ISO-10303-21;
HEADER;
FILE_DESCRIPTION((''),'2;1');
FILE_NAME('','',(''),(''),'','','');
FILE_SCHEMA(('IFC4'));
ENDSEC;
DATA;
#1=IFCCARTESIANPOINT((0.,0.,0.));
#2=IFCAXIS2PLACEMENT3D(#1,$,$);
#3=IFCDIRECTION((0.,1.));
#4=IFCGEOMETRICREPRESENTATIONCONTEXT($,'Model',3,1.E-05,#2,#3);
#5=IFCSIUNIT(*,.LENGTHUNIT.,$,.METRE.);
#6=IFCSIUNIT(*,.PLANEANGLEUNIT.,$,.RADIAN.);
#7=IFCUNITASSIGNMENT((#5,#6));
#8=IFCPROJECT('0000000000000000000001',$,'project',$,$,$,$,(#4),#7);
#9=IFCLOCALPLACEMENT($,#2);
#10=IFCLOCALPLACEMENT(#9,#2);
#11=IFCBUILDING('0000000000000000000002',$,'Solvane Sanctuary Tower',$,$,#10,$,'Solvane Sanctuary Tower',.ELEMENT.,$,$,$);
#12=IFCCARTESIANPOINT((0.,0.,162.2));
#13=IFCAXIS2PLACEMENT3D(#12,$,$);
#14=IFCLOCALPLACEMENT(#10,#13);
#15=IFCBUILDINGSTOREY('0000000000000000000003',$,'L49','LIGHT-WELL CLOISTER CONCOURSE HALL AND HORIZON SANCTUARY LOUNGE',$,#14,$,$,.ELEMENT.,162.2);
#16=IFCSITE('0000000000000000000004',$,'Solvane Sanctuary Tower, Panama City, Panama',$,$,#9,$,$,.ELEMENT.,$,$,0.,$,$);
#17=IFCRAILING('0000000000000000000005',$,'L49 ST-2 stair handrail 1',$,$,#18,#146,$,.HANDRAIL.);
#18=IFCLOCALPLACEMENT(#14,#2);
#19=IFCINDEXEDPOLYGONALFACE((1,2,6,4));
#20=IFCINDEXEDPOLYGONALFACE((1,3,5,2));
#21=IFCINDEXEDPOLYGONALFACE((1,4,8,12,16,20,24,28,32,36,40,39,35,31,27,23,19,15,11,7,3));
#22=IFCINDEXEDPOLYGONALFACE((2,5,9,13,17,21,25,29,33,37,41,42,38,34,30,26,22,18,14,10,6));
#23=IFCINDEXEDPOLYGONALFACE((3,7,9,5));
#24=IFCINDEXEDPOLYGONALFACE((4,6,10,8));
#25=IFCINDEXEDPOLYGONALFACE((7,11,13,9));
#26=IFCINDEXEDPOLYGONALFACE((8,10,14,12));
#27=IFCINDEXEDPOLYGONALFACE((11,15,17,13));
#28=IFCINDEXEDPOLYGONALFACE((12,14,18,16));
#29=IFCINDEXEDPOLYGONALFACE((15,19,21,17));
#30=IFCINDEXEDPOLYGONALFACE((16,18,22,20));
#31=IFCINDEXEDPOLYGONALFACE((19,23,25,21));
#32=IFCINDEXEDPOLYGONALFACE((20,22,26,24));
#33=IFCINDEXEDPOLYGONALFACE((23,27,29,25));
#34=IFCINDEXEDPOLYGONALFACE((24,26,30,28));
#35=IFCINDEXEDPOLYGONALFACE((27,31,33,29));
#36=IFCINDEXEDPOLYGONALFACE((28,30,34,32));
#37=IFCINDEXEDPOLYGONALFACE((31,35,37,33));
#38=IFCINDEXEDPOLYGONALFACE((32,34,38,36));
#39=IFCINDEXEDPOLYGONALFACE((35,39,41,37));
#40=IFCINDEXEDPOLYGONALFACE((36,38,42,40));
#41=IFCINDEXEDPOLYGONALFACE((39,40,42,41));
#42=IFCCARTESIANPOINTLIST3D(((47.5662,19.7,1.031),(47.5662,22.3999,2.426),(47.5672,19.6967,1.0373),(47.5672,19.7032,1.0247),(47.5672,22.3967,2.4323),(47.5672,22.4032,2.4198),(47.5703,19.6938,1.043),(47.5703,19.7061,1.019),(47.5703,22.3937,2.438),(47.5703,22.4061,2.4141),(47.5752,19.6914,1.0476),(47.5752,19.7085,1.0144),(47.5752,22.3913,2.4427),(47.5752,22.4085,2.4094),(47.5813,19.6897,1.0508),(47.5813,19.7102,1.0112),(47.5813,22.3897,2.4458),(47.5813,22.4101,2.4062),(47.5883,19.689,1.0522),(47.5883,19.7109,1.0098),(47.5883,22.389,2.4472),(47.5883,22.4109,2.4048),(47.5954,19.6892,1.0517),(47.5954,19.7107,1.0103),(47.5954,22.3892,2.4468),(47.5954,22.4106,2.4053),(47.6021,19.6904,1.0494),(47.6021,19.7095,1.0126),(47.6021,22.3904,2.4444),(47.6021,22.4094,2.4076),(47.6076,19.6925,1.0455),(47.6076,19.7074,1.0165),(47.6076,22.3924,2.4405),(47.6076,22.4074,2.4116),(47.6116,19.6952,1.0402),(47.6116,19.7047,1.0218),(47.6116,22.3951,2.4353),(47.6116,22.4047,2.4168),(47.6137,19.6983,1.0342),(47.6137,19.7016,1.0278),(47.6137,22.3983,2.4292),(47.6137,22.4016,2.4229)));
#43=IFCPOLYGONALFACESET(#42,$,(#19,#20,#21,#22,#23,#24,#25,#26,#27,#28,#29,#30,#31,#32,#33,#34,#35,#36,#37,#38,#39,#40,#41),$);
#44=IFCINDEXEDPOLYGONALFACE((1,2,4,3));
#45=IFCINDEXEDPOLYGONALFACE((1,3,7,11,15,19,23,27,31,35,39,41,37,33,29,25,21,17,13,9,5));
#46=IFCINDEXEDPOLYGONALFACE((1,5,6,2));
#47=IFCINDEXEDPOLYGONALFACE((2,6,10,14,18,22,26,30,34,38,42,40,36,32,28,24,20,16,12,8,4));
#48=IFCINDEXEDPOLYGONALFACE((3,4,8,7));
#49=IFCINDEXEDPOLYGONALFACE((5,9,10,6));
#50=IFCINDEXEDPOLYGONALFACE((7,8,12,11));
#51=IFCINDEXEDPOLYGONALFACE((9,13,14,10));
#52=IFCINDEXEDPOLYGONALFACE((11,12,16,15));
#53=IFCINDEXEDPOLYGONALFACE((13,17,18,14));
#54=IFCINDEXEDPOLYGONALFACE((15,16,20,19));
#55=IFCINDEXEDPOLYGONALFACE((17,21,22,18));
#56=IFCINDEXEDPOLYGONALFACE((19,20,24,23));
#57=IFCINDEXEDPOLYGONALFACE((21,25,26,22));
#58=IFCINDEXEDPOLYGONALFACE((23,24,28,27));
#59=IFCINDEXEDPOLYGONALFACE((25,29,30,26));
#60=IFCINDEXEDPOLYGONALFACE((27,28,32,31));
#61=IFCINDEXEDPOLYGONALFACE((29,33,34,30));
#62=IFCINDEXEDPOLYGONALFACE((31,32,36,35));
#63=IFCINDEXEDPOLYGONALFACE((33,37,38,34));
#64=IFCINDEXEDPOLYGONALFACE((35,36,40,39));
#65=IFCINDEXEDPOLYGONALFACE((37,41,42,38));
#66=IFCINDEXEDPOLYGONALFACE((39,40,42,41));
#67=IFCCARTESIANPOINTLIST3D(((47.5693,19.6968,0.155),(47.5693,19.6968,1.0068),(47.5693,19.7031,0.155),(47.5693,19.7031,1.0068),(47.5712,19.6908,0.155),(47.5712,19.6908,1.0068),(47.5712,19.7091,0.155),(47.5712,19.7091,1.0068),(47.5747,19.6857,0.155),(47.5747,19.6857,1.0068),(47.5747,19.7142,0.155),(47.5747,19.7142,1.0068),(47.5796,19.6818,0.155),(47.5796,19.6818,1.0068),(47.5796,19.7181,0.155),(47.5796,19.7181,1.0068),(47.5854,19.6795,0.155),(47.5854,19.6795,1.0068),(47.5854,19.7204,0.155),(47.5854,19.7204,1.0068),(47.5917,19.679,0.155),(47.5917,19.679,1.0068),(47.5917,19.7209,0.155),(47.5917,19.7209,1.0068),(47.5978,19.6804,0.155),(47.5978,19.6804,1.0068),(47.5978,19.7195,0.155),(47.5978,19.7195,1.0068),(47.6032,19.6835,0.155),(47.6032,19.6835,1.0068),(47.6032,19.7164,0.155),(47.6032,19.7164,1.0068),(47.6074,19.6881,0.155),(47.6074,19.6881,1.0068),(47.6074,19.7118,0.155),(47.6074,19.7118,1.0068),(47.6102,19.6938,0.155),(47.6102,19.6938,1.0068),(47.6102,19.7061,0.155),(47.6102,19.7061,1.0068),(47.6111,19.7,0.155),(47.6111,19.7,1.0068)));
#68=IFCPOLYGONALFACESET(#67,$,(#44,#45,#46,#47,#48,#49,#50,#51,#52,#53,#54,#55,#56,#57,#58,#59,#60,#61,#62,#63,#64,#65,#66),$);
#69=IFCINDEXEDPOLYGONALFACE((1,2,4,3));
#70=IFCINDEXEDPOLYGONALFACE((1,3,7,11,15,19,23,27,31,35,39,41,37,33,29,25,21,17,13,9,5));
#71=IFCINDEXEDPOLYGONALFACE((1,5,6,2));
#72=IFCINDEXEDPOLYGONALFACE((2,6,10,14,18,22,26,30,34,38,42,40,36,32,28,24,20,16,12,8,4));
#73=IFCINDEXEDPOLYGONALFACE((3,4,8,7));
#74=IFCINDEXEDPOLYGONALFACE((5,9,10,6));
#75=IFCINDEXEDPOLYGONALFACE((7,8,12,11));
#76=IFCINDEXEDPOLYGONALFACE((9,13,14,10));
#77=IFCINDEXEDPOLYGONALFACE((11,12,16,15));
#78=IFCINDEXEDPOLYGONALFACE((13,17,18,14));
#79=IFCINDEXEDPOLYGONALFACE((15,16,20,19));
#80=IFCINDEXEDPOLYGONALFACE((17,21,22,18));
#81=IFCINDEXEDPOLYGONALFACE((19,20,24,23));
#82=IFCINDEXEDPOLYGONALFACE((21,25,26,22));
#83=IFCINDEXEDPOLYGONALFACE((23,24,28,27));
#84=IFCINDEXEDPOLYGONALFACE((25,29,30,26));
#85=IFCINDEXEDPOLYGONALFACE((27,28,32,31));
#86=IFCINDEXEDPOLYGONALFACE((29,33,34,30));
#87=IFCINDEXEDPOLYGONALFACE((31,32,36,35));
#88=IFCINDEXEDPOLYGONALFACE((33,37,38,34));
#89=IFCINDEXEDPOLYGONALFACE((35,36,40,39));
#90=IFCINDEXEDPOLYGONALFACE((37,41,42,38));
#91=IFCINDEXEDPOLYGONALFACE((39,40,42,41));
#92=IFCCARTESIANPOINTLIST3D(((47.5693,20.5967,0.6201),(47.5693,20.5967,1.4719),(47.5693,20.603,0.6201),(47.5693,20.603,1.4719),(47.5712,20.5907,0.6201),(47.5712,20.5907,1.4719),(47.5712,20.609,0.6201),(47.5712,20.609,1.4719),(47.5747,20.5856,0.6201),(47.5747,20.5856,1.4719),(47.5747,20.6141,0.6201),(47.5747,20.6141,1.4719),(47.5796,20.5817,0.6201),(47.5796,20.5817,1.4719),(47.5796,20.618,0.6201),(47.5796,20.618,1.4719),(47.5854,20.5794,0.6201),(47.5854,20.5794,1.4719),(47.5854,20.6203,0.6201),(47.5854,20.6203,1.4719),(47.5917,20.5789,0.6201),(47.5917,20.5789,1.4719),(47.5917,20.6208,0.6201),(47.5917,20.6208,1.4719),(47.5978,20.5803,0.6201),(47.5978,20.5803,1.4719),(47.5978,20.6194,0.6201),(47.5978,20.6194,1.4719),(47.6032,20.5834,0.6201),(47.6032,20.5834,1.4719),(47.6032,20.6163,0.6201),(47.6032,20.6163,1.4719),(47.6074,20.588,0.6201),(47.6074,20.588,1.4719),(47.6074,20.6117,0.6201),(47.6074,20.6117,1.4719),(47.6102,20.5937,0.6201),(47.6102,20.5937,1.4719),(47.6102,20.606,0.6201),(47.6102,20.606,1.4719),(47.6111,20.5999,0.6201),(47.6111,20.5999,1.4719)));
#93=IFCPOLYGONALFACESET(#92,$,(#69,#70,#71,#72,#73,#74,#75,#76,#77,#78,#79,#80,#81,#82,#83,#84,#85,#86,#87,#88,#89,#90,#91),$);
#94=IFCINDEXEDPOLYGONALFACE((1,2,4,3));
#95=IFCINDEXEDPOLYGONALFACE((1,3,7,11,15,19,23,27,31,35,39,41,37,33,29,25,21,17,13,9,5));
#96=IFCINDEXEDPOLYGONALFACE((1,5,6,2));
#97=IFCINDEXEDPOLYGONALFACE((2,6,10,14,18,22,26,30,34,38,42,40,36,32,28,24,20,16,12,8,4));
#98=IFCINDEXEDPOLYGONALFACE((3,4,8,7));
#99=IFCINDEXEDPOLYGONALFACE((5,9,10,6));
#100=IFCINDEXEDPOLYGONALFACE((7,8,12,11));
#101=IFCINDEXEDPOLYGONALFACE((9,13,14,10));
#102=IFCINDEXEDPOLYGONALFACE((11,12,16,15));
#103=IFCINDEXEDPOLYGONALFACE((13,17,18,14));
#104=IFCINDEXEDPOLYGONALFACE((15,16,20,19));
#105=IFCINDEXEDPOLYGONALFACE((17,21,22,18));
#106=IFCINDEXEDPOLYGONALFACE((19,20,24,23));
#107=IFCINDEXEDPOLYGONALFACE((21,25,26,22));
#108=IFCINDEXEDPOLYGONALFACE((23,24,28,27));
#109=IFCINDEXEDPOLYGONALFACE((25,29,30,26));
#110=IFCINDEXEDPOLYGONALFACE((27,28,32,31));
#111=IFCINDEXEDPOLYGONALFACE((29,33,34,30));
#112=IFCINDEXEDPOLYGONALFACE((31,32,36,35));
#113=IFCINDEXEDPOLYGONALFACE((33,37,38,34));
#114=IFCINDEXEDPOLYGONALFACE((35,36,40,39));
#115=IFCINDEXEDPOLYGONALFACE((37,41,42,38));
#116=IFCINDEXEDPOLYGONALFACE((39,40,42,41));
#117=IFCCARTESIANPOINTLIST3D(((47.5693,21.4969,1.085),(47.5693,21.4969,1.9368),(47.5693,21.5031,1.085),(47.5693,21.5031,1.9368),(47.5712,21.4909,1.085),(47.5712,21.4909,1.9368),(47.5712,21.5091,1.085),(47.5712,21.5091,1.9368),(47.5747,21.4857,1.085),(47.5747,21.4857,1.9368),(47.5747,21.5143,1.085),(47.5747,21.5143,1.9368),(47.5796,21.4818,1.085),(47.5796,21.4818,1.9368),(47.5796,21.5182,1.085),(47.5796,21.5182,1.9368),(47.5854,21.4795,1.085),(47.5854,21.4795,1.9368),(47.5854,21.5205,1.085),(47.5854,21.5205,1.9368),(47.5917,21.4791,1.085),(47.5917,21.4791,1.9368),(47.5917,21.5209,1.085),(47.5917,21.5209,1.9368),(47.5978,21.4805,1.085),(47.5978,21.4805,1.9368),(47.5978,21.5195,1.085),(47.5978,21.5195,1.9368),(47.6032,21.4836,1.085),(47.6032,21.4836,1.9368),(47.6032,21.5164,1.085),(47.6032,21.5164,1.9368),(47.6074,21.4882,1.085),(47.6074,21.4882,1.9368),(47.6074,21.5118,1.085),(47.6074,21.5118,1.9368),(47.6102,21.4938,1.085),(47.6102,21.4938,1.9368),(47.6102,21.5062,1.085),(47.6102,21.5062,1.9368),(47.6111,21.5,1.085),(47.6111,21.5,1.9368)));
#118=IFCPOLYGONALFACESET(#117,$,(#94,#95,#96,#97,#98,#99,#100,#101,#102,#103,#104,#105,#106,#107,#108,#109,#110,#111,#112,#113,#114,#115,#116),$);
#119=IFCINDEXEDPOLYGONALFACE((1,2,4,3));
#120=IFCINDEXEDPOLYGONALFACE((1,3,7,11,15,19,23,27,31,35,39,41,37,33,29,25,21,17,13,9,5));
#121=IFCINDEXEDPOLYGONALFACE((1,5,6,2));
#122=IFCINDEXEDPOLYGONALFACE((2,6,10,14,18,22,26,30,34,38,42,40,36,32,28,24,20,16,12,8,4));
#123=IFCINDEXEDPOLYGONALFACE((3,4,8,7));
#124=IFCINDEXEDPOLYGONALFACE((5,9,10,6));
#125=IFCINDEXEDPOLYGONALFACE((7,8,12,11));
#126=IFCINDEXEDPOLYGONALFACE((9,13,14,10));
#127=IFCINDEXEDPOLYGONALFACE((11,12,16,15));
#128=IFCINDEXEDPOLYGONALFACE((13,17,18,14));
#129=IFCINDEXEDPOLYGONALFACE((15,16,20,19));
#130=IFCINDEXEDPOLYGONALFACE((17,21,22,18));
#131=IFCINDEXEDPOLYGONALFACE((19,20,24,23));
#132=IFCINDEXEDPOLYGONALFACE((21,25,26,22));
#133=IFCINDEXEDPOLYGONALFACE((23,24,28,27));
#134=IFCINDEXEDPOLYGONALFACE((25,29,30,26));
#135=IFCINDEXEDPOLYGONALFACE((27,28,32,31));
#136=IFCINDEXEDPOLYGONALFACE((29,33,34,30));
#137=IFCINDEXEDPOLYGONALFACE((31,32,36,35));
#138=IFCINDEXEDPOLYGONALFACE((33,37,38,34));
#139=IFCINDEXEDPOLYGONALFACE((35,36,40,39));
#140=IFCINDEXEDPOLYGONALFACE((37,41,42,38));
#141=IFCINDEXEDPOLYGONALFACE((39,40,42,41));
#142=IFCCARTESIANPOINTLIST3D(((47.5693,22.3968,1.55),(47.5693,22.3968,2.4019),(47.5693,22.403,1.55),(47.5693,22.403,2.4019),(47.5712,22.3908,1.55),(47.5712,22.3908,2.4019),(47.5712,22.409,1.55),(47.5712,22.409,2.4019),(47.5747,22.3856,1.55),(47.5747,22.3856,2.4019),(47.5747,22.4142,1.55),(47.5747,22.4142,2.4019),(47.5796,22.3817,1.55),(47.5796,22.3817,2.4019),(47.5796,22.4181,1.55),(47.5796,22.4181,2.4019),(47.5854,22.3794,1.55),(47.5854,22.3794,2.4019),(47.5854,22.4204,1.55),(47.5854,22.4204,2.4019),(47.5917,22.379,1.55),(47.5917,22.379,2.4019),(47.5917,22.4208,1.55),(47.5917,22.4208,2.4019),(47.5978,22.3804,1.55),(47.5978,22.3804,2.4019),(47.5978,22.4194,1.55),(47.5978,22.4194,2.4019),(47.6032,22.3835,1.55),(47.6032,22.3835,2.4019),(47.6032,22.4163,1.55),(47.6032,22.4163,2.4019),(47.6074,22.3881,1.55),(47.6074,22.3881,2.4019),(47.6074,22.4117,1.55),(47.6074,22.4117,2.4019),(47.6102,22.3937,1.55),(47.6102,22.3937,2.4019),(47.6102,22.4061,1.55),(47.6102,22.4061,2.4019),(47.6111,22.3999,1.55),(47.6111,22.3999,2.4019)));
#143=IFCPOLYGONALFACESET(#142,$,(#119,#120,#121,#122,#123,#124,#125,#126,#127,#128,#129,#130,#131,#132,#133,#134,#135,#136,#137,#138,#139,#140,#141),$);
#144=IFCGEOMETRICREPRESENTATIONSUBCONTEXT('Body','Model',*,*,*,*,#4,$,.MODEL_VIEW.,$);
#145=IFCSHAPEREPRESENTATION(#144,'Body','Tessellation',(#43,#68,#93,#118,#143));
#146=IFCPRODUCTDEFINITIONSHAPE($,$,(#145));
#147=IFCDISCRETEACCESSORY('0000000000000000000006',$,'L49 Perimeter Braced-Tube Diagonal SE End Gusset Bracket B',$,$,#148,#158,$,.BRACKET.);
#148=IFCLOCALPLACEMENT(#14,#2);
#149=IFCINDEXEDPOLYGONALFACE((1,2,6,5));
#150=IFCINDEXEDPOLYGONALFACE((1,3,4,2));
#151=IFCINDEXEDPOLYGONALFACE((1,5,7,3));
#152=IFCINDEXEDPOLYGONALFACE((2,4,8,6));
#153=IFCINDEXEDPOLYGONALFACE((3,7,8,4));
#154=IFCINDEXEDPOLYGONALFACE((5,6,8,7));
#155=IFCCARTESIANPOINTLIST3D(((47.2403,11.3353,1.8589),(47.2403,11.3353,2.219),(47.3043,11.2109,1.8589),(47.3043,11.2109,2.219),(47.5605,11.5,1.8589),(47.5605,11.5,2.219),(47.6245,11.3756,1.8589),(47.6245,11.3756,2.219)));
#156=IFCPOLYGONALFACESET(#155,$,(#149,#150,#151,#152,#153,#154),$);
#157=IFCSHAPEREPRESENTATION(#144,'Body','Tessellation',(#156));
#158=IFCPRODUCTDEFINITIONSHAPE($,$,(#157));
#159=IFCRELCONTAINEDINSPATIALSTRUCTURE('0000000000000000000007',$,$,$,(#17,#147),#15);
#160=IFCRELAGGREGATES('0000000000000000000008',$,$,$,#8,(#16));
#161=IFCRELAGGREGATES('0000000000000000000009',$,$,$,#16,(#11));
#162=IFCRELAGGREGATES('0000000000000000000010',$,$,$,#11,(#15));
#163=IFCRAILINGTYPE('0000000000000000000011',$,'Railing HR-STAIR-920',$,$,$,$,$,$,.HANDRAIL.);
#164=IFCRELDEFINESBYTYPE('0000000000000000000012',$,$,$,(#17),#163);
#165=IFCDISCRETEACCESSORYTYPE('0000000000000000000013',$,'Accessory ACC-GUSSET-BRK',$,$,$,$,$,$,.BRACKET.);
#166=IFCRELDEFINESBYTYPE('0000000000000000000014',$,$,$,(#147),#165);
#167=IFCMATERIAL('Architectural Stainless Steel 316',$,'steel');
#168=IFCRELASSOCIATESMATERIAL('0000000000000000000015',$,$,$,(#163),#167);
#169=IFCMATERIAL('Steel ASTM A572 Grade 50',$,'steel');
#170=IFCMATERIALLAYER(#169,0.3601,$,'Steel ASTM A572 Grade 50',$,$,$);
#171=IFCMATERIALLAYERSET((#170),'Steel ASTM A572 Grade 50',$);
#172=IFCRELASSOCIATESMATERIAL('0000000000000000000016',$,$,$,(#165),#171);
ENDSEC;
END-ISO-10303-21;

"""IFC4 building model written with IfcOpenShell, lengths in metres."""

from ifc_helpers import new_model, si_unit, direction, frame, origin, origin_2d, place, context, subcontext, project, spatial, rectangle, circle, extrude, material, layer, layer_set, type_object, element, save


model = new_model("IFC4")

# Units and contexts
model_context = context("Model", 3, precision=1e-05, world=origin(), true_north=direction((0.0, 1.0)))
body_context = subcontext(model_context, "Body", "Model", "MODEL_VIEW")
ifc_project = project(units=[si_unit("LENGTHUNIT", "METRE"), si_unit("PLANEANGLEUNIT", "RADIAN")], contexts=[model_context])

# Site, building, storey
site_placement = place(None, origin())
site = spatial("IfcSite", under=ifc_project, at=site_placement, Name="Solvane Sanctuary Tower, Panama City, Panama", CompositionType="ELEMENT", RefElevation=0.0)
building_placement = place(site_placement, origin())
building = spatial("IfcBuilding", under=site, at=building_placement, Name="Solvane Sanctuary Tower", LongName="Solvane Sanctuary Tower", CompositionType="ELEMENT")
storey_placement = place(building_placement, frame((0.0, 0.0, 162.2)))
storey = spatial("IfcBuildingStorey", under=building, at=storey_placement, Name="L49", Description="LIGHT-WELL CLOISTER CONCOURSE HALL AND HORIZON SANCTUARY LOUNGE", CompositionType="ELEMENT", Elevation=162.2)

# Shared definitions
ifc_material_1 = material(Name="Architectural Stainless Steel 316", Category="steel")

# Railing
railing_type_1 = type_object("IfcRailingType", Name="Railing HR-STAIR-920", PredefinedType="HANDRAIL", material=ifc_material_1)
railing_1_placement = place(storey_placement, frame((47.5901, 19.7, 0.155)))
element("IfcRailing", 1, at=railing_1_placement, inside=storey, type_object=railing_type_1, Name="L49 ST-2 stair handrail 1", PredefinedType="HANDRAIL", context=body_context, shape_type="SweptSolid", body=[
    extrude(circle(Radius=0.0239, at=origin_2d()), frame((0.0, 0.0, 0.876), z_axis=(0.0, 0.88842, 0.459032), x_axis=(-1.0, 0.0, 0.0)), (0.0, 0.0, 1.0), 3.0391),
    extrude(circle(Radius=0.021, at=origin_2d()), origin(), (0.0, 0.0, 1.0), 0.8518),
    extrude(circle(Radius=0.021, at=origin_2d()), frame((0.0, 0.8999, 0.4651)), (0.0, 0.0, 1.0), 0.8518),
    extrude(circle(Radius=0.021, at=origin_2d()), frame((0.0, 1.8, 0.9299)), (0.0, 0.0, 1.0), 0.8518),
    extrude(circle(Radius=0.021, at=origin_2d()), frame((0.0, 2.7, 1.395)), (0.0, 0.0, 1.0), 0.8518),
])

# Discrete accessory
ifc_material_2 = material(Name="Steel ASTM A572 Grade 50", Category="steel")
ifc_layer_1 = layer(ifc_material_2, 0.3601, Name="Steel ASTM A572 Grade 50")
ifc_layer_set_1 = layer_set([ifc_layer_1], Name="Steel ASTM A572 Grade 50")
discrete_accessory_type = type_object("IfcDiscreteAccessoryType", Name="Accessory ACC-GUSSET-BRK", PredefinedType="BRACKET", material=ifc_layer_set_1)
discrete_accessory_placement = place(storey_placement, frame((47.4324, 11.3555, 1.8589), z_axis=(0.0, 0.0, 1.0), x_axis=(0.889257, 0.457408, 0.0)))
element("IfcDiscreteAccessory", 2, at=discrete_accessory_placement, inside=storey, type_object=discrete_accessory_type, Name="L49 Perimeter Braced-Tube Diagonal SE End Gusset Bracket B", PredefinedType="BRACKET", context=body_context, shape_type="SweptSolid", body=[
    extrude(rectangle(XDim=0.3601, YDim=0.1399, at=origin_2d()), origin(), (0.0, 0.0, 1.0), 0.3601),
])

save(model, "model.ifc")
